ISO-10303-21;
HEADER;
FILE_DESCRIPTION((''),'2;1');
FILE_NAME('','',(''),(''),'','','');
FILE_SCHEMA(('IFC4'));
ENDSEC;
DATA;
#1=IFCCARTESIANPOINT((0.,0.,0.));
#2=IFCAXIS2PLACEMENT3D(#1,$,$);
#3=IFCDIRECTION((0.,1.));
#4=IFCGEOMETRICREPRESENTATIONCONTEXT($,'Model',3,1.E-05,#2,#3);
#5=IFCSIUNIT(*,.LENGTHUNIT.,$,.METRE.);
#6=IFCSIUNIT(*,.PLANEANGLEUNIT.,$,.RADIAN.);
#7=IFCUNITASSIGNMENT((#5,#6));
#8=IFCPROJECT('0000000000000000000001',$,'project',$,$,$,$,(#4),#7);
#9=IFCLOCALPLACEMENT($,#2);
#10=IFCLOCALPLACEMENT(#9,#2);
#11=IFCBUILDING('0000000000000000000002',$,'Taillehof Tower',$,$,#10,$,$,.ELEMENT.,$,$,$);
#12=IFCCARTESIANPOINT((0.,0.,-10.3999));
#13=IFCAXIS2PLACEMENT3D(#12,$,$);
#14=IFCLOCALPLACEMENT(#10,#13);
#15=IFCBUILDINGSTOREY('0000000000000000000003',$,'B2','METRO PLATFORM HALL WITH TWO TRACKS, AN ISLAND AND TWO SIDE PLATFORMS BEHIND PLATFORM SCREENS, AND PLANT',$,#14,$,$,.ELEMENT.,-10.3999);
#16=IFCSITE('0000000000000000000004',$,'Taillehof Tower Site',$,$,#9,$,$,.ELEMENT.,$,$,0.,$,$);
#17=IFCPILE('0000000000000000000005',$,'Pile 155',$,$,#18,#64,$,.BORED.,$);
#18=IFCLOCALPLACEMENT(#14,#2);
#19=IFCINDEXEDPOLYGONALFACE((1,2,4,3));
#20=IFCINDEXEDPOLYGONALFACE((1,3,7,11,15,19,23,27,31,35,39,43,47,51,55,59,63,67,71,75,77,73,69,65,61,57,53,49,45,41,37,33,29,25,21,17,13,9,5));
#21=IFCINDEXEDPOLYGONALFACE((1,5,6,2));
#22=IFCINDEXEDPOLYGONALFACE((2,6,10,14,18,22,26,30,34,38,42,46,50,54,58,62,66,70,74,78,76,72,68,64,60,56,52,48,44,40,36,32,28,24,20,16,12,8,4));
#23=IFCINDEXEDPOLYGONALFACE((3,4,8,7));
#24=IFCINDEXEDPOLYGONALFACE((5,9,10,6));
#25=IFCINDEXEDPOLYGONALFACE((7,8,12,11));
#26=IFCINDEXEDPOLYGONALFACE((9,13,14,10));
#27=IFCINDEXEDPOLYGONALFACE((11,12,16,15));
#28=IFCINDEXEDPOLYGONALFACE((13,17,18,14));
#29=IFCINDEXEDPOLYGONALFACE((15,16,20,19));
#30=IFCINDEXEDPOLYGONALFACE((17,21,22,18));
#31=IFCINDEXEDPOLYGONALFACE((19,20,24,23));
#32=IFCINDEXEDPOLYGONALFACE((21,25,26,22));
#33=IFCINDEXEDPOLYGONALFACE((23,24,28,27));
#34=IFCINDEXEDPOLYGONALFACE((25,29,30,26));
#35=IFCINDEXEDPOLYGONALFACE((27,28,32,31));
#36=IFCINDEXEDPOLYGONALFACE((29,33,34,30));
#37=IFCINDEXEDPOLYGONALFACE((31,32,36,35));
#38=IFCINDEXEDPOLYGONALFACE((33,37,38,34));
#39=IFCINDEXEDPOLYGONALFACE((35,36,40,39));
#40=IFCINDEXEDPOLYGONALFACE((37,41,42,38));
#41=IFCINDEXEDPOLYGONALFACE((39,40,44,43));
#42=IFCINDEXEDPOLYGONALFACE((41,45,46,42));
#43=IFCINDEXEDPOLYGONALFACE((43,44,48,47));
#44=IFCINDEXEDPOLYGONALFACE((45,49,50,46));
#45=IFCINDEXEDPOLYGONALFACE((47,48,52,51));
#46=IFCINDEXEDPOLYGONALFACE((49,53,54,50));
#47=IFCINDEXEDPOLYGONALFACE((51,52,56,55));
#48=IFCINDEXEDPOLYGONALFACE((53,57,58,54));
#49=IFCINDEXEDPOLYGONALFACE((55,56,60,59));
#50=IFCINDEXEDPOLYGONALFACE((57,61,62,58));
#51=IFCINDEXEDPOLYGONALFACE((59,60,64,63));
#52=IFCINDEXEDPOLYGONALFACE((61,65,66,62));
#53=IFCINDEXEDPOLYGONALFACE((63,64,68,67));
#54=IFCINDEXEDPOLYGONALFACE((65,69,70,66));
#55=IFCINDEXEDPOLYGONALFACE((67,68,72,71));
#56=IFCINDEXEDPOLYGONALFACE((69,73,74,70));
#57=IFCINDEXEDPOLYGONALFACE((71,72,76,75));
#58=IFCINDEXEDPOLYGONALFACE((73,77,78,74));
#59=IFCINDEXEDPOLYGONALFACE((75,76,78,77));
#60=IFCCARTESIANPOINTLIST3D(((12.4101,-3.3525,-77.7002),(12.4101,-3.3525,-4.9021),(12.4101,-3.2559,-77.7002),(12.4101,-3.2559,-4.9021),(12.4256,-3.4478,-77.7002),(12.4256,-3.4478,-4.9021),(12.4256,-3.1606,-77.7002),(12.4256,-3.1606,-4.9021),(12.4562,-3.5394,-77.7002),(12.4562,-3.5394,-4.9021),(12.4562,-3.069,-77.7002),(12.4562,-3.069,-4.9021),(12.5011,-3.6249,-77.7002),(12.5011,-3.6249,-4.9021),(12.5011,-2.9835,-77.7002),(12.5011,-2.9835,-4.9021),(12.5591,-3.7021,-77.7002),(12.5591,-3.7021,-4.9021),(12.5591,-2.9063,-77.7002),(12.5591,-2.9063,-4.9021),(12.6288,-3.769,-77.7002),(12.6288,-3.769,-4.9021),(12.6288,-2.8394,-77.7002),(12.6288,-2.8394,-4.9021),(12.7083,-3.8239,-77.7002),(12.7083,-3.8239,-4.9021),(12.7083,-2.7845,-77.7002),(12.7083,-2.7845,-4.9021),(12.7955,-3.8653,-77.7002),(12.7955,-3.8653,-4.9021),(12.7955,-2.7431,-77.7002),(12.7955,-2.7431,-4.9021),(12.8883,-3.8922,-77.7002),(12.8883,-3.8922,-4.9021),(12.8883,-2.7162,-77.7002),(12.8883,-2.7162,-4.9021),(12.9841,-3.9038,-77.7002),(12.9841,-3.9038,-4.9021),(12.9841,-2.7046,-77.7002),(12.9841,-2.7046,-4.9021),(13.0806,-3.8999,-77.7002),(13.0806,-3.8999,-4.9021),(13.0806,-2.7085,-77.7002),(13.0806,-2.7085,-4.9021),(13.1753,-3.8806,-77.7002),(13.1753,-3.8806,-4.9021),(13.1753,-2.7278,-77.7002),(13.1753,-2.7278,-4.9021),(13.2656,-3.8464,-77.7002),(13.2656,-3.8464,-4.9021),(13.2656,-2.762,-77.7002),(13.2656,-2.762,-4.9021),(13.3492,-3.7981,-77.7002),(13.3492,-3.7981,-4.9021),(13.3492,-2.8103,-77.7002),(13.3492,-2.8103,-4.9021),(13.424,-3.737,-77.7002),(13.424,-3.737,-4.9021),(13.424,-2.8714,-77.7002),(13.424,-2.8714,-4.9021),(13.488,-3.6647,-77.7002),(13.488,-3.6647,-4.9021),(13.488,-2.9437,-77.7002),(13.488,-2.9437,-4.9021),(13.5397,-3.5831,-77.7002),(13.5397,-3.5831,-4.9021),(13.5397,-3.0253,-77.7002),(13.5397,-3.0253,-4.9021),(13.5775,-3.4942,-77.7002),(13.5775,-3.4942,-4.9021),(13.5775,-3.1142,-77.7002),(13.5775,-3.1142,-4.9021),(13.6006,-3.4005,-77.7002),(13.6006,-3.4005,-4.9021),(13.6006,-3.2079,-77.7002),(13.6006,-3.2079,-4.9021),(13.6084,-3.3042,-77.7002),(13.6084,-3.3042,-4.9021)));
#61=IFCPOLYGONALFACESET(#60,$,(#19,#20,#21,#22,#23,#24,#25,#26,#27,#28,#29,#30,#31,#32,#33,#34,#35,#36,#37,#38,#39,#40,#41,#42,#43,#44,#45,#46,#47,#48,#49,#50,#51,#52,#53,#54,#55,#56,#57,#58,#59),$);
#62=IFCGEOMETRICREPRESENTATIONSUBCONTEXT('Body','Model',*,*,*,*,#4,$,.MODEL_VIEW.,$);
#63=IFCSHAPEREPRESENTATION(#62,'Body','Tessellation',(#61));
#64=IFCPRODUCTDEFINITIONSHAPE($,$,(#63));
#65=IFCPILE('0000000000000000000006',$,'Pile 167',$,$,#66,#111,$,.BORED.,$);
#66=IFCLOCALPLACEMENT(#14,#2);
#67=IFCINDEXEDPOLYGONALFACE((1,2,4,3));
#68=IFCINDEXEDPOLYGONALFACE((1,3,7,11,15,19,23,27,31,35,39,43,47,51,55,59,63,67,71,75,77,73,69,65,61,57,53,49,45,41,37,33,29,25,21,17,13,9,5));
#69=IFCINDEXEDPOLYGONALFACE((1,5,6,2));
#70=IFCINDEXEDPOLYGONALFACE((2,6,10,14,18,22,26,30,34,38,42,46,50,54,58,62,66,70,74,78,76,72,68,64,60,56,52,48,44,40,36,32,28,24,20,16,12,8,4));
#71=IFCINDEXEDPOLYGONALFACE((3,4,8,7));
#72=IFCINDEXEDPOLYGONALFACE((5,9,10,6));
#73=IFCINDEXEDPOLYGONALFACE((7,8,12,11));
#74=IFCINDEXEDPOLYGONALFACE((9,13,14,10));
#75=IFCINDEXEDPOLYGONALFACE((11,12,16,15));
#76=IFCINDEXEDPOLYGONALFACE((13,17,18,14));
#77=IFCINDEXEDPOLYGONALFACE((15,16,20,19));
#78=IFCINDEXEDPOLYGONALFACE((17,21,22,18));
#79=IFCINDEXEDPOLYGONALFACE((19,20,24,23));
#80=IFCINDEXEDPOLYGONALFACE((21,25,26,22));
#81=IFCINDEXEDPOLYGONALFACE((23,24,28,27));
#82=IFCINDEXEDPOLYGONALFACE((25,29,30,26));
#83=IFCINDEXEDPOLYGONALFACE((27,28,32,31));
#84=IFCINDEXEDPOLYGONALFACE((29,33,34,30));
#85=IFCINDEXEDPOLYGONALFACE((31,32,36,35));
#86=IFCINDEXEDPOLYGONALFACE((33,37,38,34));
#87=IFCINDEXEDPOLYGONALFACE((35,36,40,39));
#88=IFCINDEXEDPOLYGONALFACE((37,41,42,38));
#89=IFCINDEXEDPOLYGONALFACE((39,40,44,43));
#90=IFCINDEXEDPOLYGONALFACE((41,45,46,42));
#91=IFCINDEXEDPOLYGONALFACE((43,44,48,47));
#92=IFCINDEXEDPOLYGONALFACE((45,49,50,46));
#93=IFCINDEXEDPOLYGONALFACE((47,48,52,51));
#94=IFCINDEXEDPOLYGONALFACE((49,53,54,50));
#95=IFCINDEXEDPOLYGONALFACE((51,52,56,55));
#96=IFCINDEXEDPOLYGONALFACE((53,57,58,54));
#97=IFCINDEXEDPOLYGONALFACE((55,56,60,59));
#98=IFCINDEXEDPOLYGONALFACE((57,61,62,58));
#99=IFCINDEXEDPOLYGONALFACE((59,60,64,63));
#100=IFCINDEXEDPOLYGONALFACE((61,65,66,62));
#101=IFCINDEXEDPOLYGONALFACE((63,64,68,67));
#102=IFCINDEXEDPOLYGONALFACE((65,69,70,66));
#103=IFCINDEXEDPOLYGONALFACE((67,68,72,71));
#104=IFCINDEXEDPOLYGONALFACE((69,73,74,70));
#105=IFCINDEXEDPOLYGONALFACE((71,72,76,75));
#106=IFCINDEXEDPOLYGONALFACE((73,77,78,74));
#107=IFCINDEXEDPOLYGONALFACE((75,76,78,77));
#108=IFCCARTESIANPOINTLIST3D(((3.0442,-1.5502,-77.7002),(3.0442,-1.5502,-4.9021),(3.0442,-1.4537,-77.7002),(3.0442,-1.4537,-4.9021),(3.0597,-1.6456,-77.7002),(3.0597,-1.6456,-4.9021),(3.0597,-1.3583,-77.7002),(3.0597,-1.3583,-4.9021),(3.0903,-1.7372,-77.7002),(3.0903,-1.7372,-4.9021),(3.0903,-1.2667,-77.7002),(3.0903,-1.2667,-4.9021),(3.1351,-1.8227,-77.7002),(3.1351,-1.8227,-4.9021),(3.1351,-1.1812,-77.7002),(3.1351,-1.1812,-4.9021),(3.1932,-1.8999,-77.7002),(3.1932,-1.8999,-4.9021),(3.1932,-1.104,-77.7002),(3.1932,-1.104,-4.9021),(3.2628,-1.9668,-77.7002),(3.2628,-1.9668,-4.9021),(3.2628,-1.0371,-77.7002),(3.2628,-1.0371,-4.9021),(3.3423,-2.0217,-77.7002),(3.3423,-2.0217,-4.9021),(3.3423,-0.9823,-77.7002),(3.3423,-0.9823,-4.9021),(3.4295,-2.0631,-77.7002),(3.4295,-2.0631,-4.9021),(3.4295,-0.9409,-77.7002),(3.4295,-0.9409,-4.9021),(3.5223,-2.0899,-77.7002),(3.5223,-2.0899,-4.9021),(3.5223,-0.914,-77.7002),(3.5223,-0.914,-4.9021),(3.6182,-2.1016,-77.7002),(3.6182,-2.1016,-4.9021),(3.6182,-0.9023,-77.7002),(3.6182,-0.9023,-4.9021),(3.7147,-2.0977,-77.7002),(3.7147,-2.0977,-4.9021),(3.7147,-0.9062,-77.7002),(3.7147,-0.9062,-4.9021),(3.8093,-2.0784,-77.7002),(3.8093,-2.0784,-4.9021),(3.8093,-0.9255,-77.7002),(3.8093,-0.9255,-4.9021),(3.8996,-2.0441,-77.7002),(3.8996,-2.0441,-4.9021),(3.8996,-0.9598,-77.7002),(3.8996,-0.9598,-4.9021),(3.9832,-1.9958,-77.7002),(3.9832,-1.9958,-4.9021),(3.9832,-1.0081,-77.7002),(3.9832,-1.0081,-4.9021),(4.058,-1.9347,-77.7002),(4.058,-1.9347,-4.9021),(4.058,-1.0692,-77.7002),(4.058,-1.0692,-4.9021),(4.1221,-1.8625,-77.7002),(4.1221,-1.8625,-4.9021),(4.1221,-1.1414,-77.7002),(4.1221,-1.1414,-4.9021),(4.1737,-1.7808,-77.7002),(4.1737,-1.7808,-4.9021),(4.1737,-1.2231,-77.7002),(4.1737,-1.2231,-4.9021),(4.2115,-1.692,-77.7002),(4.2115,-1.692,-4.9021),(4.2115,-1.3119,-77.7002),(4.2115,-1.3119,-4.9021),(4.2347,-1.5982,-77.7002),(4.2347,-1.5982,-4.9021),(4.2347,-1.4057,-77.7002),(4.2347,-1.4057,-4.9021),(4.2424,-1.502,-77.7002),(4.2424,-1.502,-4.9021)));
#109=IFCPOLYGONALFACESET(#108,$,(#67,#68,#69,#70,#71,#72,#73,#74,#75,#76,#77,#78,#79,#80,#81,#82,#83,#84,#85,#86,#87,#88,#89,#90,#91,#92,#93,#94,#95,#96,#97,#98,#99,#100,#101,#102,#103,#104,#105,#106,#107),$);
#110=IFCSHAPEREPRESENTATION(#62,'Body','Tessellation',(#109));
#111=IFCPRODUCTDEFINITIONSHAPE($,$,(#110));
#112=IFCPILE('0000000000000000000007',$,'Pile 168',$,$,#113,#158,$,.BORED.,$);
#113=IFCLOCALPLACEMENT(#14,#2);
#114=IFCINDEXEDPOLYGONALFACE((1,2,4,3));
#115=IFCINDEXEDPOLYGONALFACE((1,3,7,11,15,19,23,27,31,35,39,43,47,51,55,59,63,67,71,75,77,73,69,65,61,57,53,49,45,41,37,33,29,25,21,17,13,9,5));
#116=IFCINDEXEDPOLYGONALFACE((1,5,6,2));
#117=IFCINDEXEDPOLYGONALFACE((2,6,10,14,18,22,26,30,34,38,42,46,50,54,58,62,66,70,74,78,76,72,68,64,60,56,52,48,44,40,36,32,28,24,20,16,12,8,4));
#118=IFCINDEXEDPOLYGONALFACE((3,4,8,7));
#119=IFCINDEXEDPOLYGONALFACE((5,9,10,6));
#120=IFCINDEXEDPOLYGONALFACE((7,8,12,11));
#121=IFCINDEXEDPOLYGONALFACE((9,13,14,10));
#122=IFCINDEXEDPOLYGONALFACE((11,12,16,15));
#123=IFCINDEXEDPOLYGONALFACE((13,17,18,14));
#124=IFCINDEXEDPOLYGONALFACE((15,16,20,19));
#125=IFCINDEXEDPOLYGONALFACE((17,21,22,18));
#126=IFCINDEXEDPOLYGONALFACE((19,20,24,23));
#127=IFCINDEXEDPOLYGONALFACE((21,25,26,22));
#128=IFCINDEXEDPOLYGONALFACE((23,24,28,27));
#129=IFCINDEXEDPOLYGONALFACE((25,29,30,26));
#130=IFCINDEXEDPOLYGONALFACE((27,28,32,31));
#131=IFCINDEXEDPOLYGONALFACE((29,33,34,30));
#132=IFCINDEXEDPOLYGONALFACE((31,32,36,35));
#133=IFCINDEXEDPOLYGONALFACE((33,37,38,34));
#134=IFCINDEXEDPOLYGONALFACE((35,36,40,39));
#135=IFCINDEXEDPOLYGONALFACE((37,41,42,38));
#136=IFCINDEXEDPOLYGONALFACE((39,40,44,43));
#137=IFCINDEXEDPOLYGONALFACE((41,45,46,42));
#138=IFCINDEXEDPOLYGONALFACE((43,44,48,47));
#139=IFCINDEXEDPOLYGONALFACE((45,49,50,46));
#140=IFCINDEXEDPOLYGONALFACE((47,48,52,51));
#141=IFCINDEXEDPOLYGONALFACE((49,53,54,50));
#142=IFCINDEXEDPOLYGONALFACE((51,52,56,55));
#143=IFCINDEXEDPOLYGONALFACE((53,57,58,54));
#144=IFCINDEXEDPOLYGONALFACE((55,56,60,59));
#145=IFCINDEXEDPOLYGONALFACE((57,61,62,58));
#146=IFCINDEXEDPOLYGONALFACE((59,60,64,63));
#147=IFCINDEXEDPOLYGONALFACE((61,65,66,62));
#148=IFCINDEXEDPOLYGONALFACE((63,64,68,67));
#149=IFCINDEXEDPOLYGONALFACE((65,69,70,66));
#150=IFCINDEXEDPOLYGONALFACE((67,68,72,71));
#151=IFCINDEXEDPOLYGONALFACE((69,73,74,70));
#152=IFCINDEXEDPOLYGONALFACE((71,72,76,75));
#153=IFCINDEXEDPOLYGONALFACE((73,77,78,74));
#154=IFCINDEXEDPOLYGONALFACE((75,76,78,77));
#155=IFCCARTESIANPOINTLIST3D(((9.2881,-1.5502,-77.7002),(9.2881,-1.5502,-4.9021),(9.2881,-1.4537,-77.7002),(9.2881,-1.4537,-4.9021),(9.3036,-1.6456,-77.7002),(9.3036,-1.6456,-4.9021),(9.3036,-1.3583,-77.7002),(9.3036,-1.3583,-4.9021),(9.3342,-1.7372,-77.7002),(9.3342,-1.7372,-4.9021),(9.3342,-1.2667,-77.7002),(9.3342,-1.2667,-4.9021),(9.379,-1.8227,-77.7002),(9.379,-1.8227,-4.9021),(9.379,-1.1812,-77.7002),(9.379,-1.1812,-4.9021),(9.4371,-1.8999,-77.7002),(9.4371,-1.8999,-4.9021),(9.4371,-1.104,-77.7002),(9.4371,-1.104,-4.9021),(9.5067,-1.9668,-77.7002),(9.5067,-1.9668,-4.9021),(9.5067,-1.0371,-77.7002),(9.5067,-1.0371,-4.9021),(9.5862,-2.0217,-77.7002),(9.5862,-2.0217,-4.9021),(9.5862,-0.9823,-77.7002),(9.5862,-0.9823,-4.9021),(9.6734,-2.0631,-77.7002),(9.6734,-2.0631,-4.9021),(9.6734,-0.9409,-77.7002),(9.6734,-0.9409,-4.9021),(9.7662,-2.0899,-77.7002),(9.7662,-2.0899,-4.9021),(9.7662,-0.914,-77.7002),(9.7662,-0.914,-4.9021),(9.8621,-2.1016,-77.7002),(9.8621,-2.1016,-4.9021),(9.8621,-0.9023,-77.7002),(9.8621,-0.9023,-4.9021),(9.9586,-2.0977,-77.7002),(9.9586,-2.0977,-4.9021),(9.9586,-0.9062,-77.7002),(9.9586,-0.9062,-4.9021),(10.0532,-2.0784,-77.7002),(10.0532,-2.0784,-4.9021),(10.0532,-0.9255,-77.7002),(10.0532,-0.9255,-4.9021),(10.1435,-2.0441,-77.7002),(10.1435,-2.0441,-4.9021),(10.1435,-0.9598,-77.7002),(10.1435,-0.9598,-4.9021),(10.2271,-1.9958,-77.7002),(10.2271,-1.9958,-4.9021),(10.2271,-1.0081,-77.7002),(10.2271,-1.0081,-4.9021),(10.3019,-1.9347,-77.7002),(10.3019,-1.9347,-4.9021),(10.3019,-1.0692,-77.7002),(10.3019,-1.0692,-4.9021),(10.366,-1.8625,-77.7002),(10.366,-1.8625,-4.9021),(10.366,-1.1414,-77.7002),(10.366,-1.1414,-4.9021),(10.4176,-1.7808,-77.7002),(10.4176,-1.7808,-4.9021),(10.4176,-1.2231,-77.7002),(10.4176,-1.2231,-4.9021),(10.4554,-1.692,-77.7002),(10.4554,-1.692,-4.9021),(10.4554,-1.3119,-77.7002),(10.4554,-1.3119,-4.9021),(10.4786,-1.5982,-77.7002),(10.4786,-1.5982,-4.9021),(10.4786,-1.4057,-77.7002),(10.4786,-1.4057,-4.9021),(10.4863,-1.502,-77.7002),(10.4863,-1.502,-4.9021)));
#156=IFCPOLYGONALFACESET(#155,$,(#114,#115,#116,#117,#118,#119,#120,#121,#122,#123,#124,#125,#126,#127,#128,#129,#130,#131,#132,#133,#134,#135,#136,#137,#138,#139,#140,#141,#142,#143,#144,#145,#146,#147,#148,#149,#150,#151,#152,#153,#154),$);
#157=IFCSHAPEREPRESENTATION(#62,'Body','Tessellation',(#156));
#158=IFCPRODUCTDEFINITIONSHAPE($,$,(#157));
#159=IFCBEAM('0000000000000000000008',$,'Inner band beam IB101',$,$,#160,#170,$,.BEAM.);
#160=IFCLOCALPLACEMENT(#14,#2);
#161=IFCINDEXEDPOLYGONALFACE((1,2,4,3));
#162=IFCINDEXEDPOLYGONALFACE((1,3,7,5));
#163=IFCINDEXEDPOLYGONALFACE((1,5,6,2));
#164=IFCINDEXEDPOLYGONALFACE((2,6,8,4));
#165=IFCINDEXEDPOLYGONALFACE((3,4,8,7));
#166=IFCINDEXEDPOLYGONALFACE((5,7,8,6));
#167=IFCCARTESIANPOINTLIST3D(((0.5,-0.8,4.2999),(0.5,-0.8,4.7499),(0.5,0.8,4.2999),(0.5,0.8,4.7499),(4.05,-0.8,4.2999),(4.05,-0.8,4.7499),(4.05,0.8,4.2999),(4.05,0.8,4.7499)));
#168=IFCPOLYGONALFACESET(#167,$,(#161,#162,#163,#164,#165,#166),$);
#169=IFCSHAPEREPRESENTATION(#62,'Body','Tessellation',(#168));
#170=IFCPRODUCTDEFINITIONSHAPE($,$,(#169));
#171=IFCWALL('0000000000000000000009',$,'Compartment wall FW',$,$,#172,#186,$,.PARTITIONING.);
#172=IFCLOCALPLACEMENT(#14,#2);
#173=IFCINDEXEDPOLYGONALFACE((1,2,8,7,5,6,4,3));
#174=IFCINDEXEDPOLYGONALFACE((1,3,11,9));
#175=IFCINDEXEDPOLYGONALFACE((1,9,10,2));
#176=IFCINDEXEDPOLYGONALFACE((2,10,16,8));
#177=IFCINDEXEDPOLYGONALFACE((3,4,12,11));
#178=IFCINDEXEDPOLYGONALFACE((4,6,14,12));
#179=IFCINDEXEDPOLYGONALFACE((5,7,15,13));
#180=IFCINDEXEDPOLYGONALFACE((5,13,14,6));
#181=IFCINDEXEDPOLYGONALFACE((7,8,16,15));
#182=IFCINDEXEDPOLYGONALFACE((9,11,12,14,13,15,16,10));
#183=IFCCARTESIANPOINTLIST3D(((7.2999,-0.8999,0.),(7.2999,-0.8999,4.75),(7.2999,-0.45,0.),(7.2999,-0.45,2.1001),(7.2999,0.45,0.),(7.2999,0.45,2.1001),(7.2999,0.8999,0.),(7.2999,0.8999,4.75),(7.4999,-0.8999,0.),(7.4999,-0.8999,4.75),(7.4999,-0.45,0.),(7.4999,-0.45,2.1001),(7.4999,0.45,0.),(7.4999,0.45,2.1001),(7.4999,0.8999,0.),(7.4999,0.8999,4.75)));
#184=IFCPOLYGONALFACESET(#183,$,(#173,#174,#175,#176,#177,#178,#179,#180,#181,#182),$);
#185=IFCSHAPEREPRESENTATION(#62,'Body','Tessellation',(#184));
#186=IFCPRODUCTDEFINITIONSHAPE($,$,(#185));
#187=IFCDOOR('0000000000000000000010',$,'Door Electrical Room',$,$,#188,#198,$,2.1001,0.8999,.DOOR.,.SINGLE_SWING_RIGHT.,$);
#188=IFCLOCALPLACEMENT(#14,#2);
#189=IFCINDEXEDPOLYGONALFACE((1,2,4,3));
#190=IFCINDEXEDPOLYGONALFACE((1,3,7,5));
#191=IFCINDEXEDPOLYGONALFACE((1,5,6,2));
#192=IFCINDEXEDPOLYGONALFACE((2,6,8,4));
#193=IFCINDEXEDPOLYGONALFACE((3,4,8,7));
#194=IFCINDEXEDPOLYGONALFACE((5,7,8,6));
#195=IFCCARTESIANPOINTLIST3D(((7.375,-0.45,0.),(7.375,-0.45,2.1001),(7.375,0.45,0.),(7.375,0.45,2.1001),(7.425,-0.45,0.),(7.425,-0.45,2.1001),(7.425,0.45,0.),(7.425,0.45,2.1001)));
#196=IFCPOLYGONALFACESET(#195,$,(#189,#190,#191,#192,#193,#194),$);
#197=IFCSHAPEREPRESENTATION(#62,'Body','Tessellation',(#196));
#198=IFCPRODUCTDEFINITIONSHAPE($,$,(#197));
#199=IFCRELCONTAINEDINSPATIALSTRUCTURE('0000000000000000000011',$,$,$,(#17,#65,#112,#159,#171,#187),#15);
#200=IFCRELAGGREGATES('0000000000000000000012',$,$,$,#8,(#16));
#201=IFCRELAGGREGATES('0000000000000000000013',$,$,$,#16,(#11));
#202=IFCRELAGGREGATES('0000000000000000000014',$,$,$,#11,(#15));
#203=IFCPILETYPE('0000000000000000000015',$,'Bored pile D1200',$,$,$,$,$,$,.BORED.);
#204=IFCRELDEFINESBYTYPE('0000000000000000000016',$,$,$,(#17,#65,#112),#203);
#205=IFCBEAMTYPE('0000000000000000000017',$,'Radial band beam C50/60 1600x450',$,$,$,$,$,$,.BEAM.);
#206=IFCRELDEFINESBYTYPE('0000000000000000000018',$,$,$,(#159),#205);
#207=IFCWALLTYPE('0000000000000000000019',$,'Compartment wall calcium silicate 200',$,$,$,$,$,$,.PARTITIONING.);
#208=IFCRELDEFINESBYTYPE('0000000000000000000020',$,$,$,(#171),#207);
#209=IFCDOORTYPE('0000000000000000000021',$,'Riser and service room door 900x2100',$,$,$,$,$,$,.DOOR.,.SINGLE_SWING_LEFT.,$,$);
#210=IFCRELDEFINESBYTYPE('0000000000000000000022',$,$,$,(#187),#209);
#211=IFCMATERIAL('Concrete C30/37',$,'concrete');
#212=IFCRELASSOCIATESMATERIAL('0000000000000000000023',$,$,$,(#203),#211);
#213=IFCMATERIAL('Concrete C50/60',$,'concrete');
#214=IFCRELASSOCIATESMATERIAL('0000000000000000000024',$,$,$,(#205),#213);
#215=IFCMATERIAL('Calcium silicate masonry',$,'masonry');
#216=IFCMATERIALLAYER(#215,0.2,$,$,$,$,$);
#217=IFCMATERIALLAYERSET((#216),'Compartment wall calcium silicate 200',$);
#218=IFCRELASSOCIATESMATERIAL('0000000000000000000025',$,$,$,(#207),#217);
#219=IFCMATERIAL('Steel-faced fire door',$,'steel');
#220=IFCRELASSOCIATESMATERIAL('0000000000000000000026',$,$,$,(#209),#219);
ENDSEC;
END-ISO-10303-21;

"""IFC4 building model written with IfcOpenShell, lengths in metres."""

from ifc_helpers import new_model, si_unit, direction, frame, frame_2d, origin, origin_2d, place, context, subcontext, project, spatial, rectangle, circle, extrude, material, layer, layer_set, material_profile, profile_set, type_object, element, fill, save


model = new_model("IFC4")

# Units and contexts
model_context = context("Model", 3, precision=1e-05, world=origin(), true_north=direction((0.0, 1.0)))
body_context = subcontext(model_context, "Body", "Model", "MODEL_VIEW")
ifc_project = project(units=[si_unit("LENGTHUNIT", "METRE"), si_unit("PLANEANGLEUNIT", "RADIAN")], contexts=[model_context])

# Site, building, storey
site_placement = place(None, origin())
site = spatial("IfcSite", under=ifc_project, at=site_placement, Name="Taillehof Tower Site", CompositionType="ELEMENT", RefElevation=0.0)
building_placement = place(site_placement, origin())
building = spatial("IfcBuilding", under=site, at=building_placement, Name="Taillehof Tower", CompositionType="ELEMENT")
storey_placement = place(building_placement, frame((0.0, 0.0, -10.3999)))
storey = spatial("IfcBuildingStorey", under=building, at=storey_placement, Name="B2", Description="METRO PLATFORM HALL WITH TWO TRACKS, AN ISLAND AND TWO SIDE PLATFORMS BEHIND PLATFORM SCREENS, AND PLANT", CompositionType="ELEMENT", Elevation=-10.3999)

# Piles
ifc_material_1 = material(Name="Concrete C30/37", Category="concrete")
ifc_material_profile_1 = material_profile(ifc_material_1, circle(Radius=0.6001, at=origin_2d()), Name="BP D1200")
ifc_profile_set_1 = profile_set([ifc_material_profile_1], Name="Concrete C30/37")
pile_type = type_object("IfcPileType", Name="Bored pile D1200", PredefinedType="BORED", material=ifc_profile_set_1)
for number, where, z_axis, x_axis, name in (
    (1, (13.0083, -3.3042, -4.9021), (0.0, 0.0, -1.0), (1.0, 0.0, 0.0), "Pile 155"),
    (2, (3.6423, -1.502, -4.9021), (0.0, 0.0, -1.0), (1.0, 0.0, 0.0), "Pile 167"),
    (3, (9.8862, -1.502, -4.9021), (0.0, 0.0, -1.0), (1.0, 0.0, 0.0), "Pile 168"),
):
    element("IfcPile", number, at=place(storey_placement, frame(where, z_axis=z_axis, x_axis=x_axis)), inside=storey, type_object=pile_type, Name=name, PredefinedType="BORED", context=body_context, shape_type="SweptSolid", body=[
        extrude(circle(Radius=0.6001, at=origin_2d()), origin(), (0.0, 0.0, 1.0), 72.7981),
    ])

# Beam
ifc_material_2 = material(Name="Concrete C50/60", Category="concrete")
ifc_material_profile_2 = material_profile(ifc_material_2, rectangle(XDim=1.6001, YDim=0.45, at=origin_2d()), Name="RC 1600x450")
ifc_profile_set_2 = profile_set([ifc_material_profile_2], Name="Concrete C50/60")
beam_type = type_object("IfcBeamType", Name="Radial band beam C50/60 1600x450", PredefinedType="BEAM", material=ifc_profile_set_2)
beam_placement = place(storey_placement, frame((0.5, 0.0, 4.5249), z_axis=(1.0, 0.0, 0.0), x_axis=(0.0, 1.0, 0.0)))
element("IfcBeam", 4, at=beam_placement, inside=storey, type_object=beam_type, Name="Inner band beam IB101", PredefinedType="BEAM", context=body_context, shape_type="SweptSolid", body=[
    extrude(rectangle(XDim=1.6001, YDim=0.45, at=origin_2d()), origin(), (0.0, 0.0, 1.0), 3.55),
])

# Wall, opening, door
ifc_material_3 = material(Name="Calcium silicate masonry", Category="masonry")
ifc_layer_1 = layer(ifc_material_3, 0.2)
ifc_layer_set_1 = layer_set([ifc_layer_1], Name="Compartment wall calcium silicate 200")
wall_type_1 = type_object("IfcWallType", Name="Compartment wall calcium silicate 200", PredefinedType="PARTITIONING", material=ifc_layer_set_1)
wall_1_placement = place(storey_placement, frame((7.3999, -0.8999, 0.0), z_axis=(0.0, 0.0, 1.0), x_axis=(0.0, 1.0, 0.0)))
wall_1 = element("IfcWall", 5, at=wall_1_placement, inside=storey, type_object=wall_type_1, Name="Compartment wall FW", PredefinedType="PARTITIONING", context=body_context, shape_type="SweptSolid", body=[
    extrude(rectangle(XDim=1.7998, YDim=0.2, at=frame_2d((0.8999, 0.0))), origin(), (0.0, 0.0, 1.0), 4.75),
])
opening_1_placement = place(wall_1_placement, frame((0.45, 0.0, 0.0)))
opening_1 = element("IfcOpeningElement", 6, at=opening_1_placement, cuts=wall_1, PredefinedType="OPENING", context=body_context, shape_type="SweptSolid", body=[
    extrude(rectangle(XDim=0.8999, YDim=2.1001, at=frame_2d((0.45, 1.05))), frame((0.0, 0.1099, 0.0), z_axis=(0.0, -1.0, 0.0), x_axis=(1.0, 0.0, 0.0)), (0.0, 0.0, 1.0), 0.22),
])
ifc_material_4 = material(Name="Steel-faced fire door", Category="steel")
door_type_1 = type_object("IfcDoorType", Name="Riser and service room door 900x2100", OperationType="SINGLE_SWING_LEFT", PredefinedType="DOOR", material=ifc_material_4)
door_1_placement = place(opening_1_placement, origin())
door_1 = element("IfcDoor", 7, at=door_1_placement, inside=storey, type_object=door_type_1, Name="Door Electrical Room", OperationType="SINGLE_SWING_RIGHT", OverallHeight=2.1001, OverallWidth=0.8999, PredefinedType="DOOR", context=body_context, shape_type="SweptSolid", body=[
    extrude(rectangle(XDim=0.8999, YDim=2.1001, at=frame_2d((0.45, 1.05))), frame((0.0, 0.0249, 0.0), z_axis=(0.0, -1.0, 0.0), x_axis=(1.0, 0.0, 0.0)), (0.0, 0.0, 1.0), 0.05),
])
fill(opening_1, door_1)

save(model, "model.ifc")
